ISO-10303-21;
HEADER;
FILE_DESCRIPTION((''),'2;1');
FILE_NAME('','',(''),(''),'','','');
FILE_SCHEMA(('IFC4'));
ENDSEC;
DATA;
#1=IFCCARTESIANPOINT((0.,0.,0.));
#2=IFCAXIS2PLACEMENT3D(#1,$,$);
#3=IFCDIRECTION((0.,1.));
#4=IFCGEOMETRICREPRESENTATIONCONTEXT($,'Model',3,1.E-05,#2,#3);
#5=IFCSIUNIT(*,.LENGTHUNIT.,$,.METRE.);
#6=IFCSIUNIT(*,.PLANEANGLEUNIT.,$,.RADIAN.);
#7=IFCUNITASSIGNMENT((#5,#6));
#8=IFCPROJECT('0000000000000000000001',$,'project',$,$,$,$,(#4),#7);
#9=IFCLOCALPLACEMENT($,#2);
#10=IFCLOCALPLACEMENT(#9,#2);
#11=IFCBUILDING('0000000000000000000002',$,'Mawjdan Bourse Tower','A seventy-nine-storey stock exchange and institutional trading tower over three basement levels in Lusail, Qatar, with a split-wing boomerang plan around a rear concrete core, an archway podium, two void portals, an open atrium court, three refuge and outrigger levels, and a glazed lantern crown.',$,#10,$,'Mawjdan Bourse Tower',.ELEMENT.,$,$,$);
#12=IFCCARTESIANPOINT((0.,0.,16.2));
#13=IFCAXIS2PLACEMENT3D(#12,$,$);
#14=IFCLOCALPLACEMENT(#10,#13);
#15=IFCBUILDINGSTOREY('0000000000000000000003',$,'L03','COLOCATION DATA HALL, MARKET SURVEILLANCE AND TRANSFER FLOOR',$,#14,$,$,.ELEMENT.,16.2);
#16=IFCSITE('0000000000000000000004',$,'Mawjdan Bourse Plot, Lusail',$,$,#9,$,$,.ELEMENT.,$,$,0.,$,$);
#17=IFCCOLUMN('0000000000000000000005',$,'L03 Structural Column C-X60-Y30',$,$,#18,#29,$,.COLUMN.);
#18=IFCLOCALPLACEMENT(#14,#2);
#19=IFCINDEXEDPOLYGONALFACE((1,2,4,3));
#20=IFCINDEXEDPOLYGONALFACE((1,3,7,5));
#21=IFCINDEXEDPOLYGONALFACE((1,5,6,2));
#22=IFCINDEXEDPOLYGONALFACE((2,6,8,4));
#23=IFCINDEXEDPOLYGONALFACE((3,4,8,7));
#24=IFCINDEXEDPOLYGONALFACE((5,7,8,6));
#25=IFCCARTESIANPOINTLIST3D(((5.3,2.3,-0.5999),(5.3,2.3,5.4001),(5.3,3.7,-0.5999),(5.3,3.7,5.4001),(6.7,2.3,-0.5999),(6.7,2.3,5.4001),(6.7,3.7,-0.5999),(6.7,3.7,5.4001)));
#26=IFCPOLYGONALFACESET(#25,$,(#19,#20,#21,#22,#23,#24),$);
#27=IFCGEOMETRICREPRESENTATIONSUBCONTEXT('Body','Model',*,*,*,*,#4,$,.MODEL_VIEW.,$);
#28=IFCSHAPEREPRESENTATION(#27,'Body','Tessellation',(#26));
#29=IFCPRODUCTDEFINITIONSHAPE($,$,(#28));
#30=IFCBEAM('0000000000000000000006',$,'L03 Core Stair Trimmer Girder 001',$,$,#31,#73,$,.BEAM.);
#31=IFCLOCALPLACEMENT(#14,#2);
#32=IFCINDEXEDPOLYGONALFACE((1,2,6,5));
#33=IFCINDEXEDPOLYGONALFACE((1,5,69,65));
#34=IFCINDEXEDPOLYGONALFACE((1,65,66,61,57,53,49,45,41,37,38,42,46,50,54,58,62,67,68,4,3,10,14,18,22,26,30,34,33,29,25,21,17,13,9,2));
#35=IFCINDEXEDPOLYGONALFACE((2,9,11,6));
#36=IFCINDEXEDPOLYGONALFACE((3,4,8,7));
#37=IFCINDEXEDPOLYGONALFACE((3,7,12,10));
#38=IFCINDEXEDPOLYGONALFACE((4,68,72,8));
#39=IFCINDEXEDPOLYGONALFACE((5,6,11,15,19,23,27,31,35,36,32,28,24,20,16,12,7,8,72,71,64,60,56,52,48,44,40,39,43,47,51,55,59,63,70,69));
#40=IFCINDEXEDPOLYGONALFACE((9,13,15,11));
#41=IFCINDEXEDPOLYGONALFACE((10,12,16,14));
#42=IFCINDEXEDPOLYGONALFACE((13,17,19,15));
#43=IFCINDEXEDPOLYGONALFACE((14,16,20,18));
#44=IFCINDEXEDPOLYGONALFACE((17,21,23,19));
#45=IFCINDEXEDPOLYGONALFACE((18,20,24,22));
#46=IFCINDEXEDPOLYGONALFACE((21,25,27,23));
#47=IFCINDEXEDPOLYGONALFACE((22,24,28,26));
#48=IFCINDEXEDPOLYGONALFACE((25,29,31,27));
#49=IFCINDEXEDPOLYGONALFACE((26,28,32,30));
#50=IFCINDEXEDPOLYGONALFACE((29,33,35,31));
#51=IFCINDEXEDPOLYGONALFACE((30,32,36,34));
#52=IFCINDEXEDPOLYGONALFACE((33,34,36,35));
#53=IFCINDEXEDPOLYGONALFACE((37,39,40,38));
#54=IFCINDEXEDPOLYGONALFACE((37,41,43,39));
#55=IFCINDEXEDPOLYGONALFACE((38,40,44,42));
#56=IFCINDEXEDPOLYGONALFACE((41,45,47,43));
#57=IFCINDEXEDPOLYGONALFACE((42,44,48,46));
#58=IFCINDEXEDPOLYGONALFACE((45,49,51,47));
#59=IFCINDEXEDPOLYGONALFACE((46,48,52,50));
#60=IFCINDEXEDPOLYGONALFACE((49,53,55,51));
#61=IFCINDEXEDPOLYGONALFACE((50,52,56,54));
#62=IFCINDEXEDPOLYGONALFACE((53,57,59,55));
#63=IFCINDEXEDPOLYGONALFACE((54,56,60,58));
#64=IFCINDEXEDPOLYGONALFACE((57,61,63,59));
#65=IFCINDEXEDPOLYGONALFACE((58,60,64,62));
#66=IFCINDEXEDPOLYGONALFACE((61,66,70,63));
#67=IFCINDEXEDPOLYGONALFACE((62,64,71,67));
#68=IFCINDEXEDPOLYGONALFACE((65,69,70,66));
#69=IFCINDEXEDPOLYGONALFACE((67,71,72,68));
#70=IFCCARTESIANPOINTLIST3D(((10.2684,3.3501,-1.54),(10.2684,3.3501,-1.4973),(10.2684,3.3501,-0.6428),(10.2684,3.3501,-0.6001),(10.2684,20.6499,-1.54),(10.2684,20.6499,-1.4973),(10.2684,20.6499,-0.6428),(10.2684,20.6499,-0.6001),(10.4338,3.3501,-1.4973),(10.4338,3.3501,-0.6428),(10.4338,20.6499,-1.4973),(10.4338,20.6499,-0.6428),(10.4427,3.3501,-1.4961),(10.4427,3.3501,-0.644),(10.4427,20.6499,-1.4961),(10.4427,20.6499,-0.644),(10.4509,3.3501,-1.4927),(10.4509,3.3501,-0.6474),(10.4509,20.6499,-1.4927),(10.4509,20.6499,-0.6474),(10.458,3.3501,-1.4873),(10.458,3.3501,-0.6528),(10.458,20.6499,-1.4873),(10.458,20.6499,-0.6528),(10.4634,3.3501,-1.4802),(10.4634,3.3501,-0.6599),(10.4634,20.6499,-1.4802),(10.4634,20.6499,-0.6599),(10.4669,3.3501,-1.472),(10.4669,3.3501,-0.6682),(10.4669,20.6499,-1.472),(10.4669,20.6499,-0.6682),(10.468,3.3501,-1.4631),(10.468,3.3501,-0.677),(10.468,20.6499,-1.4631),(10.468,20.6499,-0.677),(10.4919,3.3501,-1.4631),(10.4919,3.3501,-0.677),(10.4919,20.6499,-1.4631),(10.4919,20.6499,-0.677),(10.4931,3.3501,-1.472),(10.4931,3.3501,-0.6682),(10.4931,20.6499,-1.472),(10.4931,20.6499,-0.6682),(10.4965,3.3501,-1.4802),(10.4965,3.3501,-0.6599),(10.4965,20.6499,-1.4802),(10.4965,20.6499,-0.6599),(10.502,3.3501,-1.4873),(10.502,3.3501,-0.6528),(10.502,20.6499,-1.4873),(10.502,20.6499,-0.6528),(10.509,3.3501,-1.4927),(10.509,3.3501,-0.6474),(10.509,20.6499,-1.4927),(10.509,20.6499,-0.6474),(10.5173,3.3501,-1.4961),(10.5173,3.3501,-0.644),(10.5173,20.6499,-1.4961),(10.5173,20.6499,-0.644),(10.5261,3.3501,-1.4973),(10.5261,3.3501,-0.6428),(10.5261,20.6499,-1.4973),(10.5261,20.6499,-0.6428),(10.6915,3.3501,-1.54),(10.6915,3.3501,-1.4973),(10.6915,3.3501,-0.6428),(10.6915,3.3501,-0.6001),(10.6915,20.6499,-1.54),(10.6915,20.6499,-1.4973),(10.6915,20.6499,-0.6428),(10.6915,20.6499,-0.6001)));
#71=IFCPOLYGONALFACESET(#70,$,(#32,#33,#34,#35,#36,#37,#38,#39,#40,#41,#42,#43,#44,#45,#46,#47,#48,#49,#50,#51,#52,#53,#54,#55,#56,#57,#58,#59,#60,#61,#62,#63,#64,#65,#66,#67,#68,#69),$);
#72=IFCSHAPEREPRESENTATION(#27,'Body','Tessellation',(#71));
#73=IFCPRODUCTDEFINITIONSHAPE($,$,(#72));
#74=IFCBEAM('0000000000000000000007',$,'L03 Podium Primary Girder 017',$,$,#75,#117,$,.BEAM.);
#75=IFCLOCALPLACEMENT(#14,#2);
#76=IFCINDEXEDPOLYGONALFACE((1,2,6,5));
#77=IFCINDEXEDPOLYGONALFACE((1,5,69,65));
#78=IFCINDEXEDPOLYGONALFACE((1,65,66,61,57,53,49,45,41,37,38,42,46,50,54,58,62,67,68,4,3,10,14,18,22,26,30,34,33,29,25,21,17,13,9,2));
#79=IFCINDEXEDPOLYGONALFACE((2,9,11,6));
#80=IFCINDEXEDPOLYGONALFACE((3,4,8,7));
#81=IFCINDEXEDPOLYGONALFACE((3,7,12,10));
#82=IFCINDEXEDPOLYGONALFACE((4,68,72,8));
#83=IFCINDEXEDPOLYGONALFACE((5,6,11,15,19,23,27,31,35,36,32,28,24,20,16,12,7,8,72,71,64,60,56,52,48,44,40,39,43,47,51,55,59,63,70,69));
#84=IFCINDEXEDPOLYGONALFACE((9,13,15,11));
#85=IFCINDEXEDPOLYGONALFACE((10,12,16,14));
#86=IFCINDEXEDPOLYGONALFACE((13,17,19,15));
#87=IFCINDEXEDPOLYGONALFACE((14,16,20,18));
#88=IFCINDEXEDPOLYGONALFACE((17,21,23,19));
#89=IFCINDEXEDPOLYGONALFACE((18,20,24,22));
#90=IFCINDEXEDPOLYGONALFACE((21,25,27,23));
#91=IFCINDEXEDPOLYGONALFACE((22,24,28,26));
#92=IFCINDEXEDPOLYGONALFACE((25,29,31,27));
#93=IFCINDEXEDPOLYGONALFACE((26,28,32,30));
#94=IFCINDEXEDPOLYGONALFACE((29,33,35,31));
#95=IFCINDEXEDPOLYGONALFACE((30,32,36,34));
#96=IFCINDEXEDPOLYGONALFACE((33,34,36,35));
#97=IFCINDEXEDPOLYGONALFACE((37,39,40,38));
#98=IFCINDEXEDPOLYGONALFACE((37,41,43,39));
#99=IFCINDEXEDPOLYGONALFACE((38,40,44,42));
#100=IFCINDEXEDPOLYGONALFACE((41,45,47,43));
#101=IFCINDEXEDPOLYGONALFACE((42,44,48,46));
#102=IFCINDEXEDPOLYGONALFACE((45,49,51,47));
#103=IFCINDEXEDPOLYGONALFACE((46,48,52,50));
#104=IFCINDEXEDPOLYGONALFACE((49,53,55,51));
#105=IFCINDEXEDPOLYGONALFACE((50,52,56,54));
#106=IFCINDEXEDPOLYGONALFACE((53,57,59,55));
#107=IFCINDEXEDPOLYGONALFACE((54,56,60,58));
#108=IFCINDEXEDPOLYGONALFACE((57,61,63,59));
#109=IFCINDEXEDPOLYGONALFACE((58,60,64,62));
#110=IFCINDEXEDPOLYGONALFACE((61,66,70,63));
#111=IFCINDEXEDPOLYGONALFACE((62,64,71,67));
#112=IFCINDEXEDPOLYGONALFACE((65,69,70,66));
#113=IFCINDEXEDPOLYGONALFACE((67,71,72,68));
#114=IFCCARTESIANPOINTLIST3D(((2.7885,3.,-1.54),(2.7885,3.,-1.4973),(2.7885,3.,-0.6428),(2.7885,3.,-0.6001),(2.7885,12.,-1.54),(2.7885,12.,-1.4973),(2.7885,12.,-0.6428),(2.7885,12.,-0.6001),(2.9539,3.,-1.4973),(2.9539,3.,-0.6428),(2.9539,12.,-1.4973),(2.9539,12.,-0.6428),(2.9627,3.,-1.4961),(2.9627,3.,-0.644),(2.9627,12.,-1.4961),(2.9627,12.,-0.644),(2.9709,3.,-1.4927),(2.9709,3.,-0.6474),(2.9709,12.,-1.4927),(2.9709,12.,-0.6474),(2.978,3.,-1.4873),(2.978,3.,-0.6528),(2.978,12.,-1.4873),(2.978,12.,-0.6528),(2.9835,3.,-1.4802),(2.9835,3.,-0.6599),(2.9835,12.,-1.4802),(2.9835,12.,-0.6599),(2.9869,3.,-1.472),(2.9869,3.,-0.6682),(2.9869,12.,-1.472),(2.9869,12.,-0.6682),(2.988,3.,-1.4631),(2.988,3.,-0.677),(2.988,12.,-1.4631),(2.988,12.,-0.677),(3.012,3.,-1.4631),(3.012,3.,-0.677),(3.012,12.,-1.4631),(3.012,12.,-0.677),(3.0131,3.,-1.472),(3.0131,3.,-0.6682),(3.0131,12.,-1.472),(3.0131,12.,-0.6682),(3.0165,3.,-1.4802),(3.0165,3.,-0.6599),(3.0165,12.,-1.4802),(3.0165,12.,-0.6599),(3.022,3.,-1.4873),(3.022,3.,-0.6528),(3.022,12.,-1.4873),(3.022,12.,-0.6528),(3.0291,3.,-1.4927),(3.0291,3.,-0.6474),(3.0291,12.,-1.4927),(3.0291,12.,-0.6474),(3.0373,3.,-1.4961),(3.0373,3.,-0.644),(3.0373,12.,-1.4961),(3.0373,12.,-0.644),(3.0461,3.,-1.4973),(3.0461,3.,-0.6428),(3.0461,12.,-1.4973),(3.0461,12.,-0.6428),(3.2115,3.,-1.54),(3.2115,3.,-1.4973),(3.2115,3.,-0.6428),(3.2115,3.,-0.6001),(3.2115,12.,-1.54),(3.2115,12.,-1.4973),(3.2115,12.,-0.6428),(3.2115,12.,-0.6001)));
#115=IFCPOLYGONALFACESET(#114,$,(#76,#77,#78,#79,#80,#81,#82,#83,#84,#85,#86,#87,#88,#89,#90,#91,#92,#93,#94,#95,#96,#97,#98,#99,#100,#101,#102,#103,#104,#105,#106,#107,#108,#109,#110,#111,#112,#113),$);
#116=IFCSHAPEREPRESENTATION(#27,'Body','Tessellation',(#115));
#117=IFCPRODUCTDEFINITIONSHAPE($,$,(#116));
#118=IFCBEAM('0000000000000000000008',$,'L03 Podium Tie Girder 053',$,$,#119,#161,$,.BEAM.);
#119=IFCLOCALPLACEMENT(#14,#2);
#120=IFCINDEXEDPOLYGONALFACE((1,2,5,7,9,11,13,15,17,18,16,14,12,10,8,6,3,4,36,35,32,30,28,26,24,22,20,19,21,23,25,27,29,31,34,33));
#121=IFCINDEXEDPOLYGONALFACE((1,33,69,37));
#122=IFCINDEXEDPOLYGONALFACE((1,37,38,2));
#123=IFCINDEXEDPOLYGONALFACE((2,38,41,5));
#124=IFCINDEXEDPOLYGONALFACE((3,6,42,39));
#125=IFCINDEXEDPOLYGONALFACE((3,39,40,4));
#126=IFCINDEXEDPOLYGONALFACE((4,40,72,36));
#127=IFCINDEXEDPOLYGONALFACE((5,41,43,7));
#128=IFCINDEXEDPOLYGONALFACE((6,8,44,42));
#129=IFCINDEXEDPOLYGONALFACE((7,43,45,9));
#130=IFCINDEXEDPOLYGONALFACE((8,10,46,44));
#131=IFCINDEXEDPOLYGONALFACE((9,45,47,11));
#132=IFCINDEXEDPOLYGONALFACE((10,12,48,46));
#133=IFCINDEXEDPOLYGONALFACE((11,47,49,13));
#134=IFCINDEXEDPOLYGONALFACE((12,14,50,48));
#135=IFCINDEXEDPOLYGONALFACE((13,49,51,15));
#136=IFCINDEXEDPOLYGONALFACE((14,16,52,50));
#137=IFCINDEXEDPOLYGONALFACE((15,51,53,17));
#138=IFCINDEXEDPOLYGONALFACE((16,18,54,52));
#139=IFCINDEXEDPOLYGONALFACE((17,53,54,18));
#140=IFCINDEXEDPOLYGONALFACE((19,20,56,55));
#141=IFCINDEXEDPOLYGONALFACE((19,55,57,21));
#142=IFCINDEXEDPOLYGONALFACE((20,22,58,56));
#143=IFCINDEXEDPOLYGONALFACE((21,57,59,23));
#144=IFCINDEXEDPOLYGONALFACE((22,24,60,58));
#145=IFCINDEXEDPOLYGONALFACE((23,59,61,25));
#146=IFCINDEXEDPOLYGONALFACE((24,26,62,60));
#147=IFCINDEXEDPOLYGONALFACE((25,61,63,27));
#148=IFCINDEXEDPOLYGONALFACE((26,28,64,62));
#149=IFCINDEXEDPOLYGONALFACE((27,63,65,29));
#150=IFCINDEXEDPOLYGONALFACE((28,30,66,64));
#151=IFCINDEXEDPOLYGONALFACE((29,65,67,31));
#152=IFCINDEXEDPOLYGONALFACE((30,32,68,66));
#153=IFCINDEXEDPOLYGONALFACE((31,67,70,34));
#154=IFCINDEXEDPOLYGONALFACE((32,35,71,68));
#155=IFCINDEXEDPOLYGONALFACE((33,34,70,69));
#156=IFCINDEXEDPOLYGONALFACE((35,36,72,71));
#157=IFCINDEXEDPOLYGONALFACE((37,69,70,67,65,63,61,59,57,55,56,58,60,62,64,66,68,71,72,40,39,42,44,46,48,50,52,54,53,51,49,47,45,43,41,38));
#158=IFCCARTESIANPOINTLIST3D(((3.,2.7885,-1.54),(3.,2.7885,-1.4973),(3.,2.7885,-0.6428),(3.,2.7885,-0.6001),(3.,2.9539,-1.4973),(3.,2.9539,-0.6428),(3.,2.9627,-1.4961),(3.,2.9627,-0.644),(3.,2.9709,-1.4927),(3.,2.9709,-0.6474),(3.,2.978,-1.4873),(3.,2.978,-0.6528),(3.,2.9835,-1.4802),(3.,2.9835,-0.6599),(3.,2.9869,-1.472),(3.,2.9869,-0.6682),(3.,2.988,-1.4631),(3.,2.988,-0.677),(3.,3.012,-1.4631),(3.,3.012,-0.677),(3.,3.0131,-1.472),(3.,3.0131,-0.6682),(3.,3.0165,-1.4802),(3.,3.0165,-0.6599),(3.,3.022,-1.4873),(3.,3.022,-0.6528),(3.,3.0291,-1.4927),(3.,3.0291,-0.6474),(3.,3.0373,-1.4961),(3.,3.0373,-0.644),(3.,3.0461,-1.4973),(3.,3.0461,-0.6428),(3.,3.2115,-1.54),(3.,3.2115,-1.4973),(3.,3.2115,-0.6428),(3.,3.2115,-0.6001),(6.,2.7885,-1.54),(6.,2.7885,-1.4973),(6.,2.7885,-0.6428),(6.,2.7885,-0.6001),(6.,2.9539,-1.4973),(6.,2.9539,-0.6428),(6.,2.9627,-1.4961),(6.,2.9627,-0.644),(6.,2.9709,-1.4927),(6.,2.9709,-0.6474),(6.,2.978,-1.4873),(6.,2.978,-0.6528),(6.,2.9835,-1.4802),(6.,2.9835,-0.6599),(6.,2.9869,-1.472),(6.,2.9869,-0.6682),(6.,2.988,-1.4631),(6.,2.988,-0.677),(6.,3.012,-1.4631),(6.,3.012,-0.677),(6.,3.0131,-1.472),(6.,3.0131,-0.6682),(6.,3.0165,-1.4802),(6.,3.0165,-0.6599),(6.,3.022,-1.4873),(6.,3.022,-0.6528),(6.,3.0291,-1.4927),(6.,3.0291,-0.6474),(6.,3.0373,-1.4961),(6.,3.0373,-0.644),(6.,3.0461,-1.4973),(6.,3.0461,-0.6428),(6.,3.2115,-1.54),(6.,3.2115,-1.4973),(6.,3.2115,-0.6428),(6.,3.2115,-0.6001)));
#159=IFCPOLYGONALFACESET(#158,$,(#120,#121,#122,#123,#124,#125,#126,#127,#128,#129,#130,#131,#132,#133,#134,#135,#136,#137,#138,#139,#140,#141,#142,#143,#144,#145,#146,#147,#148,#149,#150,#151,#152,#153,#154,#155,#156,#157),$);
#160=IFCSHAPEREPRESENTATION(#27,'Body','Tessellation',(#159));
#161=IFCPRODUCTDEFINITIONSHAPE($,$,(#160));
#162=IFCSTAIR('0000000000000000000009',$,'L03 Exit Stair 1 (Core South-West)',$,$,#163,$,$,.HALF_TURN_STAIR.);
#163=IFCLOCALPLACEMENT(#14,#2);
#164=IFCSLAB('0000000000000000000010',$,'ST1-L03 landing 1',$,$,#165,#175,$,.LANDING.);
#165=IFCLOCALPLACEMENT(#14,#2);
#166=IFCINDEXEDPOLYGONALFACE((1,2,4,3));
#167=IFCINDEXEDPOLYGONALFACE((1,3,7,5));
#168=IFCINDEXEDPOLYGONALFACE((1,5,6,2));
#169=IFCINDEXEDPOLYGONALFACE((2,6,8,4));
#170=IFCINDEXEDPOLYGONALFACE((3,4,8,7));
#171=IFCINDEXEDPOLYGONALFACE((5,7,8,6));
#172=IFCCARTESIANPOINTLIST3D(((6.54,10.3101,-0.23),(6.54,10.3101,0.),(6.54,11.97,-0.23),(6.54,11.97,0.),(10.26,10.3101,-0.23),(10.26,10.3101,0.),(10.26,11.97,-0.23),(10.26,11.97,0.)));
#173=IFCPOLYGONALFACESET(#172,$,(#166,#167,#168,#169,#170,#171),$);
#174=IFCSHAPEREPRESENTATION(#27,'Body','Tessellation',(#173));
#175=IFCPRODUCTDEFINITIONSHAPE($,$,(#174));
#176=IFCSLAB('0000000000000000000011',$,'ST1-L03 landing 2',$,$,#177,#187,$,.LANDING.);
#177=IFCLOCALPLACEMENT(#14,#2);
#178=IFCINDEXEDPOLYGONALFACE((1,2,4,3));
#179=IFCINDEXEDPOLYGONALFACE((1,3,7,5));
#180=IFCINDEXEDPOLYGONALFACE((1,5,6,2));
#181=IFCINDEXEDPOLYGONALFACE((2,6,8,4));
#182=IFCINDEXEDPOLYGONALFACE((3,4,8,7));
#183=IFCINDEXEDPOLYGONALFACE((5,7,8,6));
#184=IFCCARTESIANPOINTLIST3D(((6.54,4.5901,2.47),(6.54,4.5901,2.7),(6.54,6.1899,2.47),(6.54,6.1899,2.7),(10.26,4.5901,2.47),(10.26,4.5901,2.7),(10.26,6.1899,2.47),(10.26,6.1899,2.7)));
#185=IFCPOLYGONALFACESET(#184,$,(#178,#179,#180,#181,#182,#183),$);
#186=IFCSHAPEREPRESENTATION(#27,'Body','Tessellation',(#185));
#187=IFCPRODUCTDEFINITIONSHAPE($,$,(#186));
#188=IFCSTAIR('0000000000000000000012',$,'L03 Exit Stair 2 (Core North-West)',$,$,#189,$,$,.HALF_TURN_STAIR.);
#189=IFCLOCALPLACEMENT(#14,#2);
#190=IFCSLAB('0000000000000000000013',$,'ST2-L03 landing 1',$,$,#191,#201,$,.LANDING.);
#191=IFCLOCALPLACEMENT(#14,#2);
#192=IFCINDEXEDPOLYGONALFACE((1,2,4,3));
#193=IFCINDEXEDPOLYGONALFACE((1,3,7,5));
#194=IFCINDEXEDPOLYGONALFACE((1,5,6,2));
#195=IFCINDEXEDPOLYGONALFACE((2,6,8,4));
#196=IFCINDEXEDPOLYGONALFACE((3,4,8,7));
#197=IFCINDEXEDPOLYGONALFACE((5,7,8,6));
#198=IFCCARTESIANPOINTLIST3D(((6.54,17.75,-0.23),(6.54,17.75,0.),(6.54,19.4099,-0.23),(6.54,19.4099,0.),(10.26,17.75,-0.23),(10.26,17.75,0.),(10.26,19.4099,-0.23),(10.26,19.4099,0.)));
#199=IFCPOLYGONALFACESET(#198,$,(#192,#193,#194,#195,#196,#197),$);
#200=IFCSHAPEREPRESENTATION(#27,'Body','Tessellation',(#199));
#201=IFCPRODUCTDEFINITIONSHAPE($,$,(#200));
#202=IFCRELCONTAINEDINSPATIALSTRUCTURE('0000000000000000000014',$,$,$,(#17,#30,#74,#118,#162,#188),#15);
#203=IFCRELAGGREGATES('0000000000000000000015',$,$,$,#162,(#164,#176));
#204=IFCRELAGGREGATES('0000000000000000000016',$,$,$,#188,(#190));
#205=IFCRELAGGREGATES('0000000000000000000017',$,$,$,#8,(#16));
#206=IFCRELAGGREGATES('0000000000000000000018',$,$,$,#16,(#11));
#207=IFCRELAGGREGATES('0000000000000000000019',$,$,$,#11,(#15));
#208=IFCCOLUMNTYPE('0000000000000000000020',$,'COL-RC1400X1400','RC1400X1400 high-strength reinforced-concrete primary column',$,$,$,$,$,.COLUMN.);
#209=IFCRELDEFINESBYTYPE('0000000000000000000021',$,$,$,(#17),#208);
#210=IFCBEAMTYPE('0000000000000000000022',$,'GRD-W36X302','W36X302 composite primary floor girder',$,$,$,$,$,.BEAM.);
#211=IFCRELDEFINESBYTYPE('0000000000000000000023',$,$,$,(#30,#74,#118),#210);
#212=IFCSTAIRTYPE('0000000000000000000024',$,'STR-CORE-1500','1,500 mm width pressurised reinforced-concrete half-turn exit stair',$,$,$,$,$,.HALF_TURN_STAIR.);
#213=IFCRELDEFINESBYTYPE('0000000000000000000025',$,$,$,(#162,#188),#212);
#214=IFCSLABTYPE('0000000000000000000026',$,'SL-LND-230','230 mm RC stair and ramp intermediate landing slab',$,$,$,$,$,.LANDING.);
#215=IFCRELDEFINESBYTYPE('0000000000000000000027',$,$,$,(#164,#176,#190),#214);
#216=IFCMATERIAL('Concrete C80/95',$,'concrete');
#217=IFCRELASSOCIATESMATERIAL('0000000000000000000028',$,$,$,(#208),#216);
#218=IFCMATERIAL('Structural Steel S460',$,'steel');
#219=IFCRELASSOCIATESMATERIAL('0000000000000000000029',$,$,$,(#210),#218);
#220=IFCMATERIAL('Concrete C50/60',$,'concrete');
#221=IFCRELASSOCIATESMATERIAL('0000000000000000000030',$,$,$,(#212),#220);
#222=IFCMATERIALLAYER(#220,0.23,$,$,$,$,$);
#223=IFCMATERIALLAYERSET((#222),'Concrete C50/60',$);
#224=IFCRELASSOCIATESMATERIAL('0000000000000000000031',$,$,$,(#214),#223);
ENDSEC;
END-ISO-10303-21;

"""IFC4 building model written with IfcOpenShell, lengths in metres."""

from ifc_helpers import new_model, si_unit, direction, frame, origin, origin_2d, place, context, subcontext, project, spatial, polyline, rectangle, i_section, outline, extrude, material, layer, layer_set, material_profile, profile_set, type_object, element, aggregate, save


model = new_model("IFC4")

# Units and contexts
model_context = context("Model", 3, precision=1e-05, world=origin(), true_north=direction((0.0, 1.0)))
body_context = subcontext(model_context, "Body", "Model", "MODEL_VIEW")
ifc_project = project(units=[si_unit("LENGTHUNIT", "METRE"), si_unit("PLANEANGLEUNIT", "RADIAN")], contexts=[model_context])

# Site, building, storey
site_placement = place(None, origin())
site = spatial("IfcSite", under=ifc_project, at=site_placement, Name="Mawjdan Bourse Plot, Lusail", CompositionType="ELEMENT", RefElevation=0.0)
building_placement = place(site_placement, origin())
building = spatial("IfcBuilding", under=site, at=building_placement, Name="Mawjdan Bourse Tower", Description="A seventy-nine-storey stock exchange and institutional trading tower over three basement levels in Lusail, Qatar, with a split-wing boomerang plan around a rear concrete core, an archway podium, two void portals, an open atrium court, three refuge and outrigger levels, and a glazed lantern crown.", LongName="Mawjdan Bourse Tower", CompositionType="ELEMENT")
storey_placement = place(building_placement, frame((0.0, 0.0, 16.2)))
storey = spatial("IfcBuildingStorey", under=building, at=storey_placement, Name="L03", Description="COLOCATION DATA HALL, MARKET SURVEILLANCE AND TRANSFER FLOOR", CompositionType="ELEMENT", Elevation=16.2)

# Column
ifc_material_1 = material(Name="Concrete C80/95", Category="concrete")
ifc_material_profile_1 = material_profile(ifc_material_1, rectangle(XDim=1.3999, YDim=1.3999, at=origin_2d()), Name="RC1400X1400")
ifc_profile_set_1 = profile_set([ifc_material_profile_1], Name="Concrete C80/95")
column_type = type_object("IfcColumnType", Name="COL-RC1400X1400", Description="RC1400X1400 high-strength reinforced-concrete primary column", PredefinedType="COLUMN", material=ifc_profile_set_1)
column_placement = place(storey_placement, frame((6.0, 3.0, -0.5999), z_axis=(0.0, 0.0, 1.0), x_axis=(1.0, 0.0, 0.0)))
element("IfcColumn", 1, at=column_placement, inside=storey, type_object=column_type, Name="L03 Structural Column C-X60-Y30", PredefinedType="COLUMN", context=body_context, shape_type="SweptSolid", body=[
    extrude(rectangle(XDim=1.3999, YDim=1.3999, at=origin_2d()), origin(), (0.0, 0.0, 1.0), 6.0),
])

# Beams
ifc_material_2 = material(Name="Structural Steel S460", Category="steel")
ifc_material_profile_2 = material_profile(ifc_material_2, i_section(OverallWidth=0.4231, OverallDepth=0.9399, WebThickness=0.0239, FlangeThickness=0.0427, FilletRadius=0.0342, at=origin_2d()), Name="W36X302")
ifc_profile_set_2 = profile_set([ifc_material_profile_2], Name="Structural Steel S460")
beam_type = type_object("IfcBeamType", Name="GRD-W36X302", Description="W36X302 composite primary floor girder", PredefinedType="BEAM", material=ifc_profile_set_2)
beam_1_placement = place(storey_placement, frame((10.48, 3.3501, -1.0701), z_axis=(0.0, 1.0, 0.0), x_axis=(-1.0, 0.0, 0.0)))
element("IfcBeam", 2, at=beam_1_placement, inside=storey, type_object=beam_type, Name="L03 Core Stair Trimmer Girder 001", PredefinedType="BEAM", context=body_context, shape_type="SweptSolid", body=[
    extrude(i_section(OverallWidth=0.4231, OverallDepth=0.9399, WebThickness=0.0239, FlangeThickness=0.0427, FilletRadius=0.0342, at=origin_2d()), origin(), (0.0, 0.0, 1.0), 17.2998),
])
beam_2_placement = place(storey_placement, frame((3.0, 3.0, -1.0701), z_axis=(0.0, 1.0, 0.0), x_axis=(-1.0, 0.0, 0.0)))
element("IfcBeam", 3, at=beam_2_placement, inside=storey, type_object=beam_type, Name="L03 Podium Primary Girder 017", PredefinedType="BEAM", context=body_context, shape_type="SweptSolid", body=[
    extrude(i_section(OverallWidth=0.4231, OverallDepth=0.9399, WebThickness=0.0239, FlangeThickness=0.0427, FilletRadius=0.0342, at=origin_2d()), origin(), (0.0, 0.0, 1.0), 9.0),
])
beam_3_placement = place(storey_placement, frame((3.0, 3.0, -1.0701), z_axis=(1.0, 0.0, 0.0), x_axis=(0.0, 1.0, 0.0)))
element("IfcBeam", 4, at=beam_3_placement, inside=storey, type_object=beam_type, Name="L03 Podium Tie Girder 053", PredefinedType="BEAM", context=body_context, shape_type="SweptSolid", body=[
    extrude(i_section(OverallWidth=0.4231, OverallDepth=0.9399, WebThickness=0.0239, FlangeThickness=0.0427, FilletRadius=0.0342, at=origin_2d()), origin(), (0.0, 0.0, 1.0), 3.0),
])

# Stairs, slabs
ifc_material_3 = material(Name="Concrete C50/60", Category="concrete")
stair_type = type_object("IfcStairType", Name="STR-CORE-1500", Description="1,500 mm width pressurised reinforced-concrete half-turn exit stair", PredefinedType="HALF_TURN_STAIR", material=ifc_material_3)
stair_1_placement = place(storey_placement, origin())
stair_1 = element("IfcStair", 5, at=stair_1_placement, inside=storey, type_object=stair_type, Name="L03 Exit Stair 1 (Core South-West)", PredefinedType="HALF_TURN_STAIR")
ifc_layer_1 = layer(ifc_material_3, 0.23)
ifc_layer_set_1 = layer_set([ifc_layer_1], Name="Concrete C50/60")
slab_type_1 = type_object("IfcSlabType", Name="SL-LND-230", Description="230 mm RC stair and ramp intermediate landing slab", PredefinedType="LANDING", material=ifc_layer_set_1)
slab_1_placement = place(storey_placement, frame((0.0, 0.0, -0.23)))
slab_1 = element("IfcSlab", 6, at=slab_1_placement, type_object=slab_type_1, Name="ST1-L03 landing 1", PredefinedType="LANDING", context=body_context, shape_type="SweptSolid", body=[
    extrude(outline(polyline([(6.54, 10.3101), (10.26, 10.3101), (10.26, 11.97), (6.54, 11.97), (6.54, 10.3101)])), origin(), (0.0, 0.0, 1.0), 0.23),
])
slab_2_placement = place(storey_placement, frame((0.0, 0.0, 2.47)))
slab_2 = element("IfcSlab", 7, at=slab_2_placement, type_object=slab_type_1, Name="ST1-L03 landing 2", PredefinedType="LANDING", context=body_context, shape_type="SweptSolid", body=[
    extrude(outline(polyline([(6.54, 4.5901), (10.26, 4.5901), (10.26, 6.1899), (6.54, 6.1899), (6.54, 4.5901)])), origin(), (0.0, 0.0, 1.0), 0.23),
])
aggregate(stair_1, [slab_1, slab_2])
stair_2_placement = place(storey_placement, origin())
stair_2 = element("IfcStair", 8, at=stair_2_placement, inside=storey, type_object=stair_type, Name="L03 Exit Stair 2 (Core North-West)", PredefinedType="HALF_TURN_STAIR")
slab_3_placement = place(storey_placement, frame((0.0, 0.0, -0.23)))
slab_3 = element("IfcSlab", 9, at=slab_3_placement, type_object=slab_type_1, Name="ST2-L03 landing 1", PredefinedType="LANDING", context=body_context, shape_type="SweptSolid", body=[
    extrude(outline(polyline([(6.54, 17.75), (10.26, 17.75), (10.26, 19.4099), (6.54, 19.4099), (6.54, 17.75)])), origin(), (0.0, 0.0, 1.0), 0.23),
])
aggregate(stair_2, [slab_3])

save(model, "model.ifc")
